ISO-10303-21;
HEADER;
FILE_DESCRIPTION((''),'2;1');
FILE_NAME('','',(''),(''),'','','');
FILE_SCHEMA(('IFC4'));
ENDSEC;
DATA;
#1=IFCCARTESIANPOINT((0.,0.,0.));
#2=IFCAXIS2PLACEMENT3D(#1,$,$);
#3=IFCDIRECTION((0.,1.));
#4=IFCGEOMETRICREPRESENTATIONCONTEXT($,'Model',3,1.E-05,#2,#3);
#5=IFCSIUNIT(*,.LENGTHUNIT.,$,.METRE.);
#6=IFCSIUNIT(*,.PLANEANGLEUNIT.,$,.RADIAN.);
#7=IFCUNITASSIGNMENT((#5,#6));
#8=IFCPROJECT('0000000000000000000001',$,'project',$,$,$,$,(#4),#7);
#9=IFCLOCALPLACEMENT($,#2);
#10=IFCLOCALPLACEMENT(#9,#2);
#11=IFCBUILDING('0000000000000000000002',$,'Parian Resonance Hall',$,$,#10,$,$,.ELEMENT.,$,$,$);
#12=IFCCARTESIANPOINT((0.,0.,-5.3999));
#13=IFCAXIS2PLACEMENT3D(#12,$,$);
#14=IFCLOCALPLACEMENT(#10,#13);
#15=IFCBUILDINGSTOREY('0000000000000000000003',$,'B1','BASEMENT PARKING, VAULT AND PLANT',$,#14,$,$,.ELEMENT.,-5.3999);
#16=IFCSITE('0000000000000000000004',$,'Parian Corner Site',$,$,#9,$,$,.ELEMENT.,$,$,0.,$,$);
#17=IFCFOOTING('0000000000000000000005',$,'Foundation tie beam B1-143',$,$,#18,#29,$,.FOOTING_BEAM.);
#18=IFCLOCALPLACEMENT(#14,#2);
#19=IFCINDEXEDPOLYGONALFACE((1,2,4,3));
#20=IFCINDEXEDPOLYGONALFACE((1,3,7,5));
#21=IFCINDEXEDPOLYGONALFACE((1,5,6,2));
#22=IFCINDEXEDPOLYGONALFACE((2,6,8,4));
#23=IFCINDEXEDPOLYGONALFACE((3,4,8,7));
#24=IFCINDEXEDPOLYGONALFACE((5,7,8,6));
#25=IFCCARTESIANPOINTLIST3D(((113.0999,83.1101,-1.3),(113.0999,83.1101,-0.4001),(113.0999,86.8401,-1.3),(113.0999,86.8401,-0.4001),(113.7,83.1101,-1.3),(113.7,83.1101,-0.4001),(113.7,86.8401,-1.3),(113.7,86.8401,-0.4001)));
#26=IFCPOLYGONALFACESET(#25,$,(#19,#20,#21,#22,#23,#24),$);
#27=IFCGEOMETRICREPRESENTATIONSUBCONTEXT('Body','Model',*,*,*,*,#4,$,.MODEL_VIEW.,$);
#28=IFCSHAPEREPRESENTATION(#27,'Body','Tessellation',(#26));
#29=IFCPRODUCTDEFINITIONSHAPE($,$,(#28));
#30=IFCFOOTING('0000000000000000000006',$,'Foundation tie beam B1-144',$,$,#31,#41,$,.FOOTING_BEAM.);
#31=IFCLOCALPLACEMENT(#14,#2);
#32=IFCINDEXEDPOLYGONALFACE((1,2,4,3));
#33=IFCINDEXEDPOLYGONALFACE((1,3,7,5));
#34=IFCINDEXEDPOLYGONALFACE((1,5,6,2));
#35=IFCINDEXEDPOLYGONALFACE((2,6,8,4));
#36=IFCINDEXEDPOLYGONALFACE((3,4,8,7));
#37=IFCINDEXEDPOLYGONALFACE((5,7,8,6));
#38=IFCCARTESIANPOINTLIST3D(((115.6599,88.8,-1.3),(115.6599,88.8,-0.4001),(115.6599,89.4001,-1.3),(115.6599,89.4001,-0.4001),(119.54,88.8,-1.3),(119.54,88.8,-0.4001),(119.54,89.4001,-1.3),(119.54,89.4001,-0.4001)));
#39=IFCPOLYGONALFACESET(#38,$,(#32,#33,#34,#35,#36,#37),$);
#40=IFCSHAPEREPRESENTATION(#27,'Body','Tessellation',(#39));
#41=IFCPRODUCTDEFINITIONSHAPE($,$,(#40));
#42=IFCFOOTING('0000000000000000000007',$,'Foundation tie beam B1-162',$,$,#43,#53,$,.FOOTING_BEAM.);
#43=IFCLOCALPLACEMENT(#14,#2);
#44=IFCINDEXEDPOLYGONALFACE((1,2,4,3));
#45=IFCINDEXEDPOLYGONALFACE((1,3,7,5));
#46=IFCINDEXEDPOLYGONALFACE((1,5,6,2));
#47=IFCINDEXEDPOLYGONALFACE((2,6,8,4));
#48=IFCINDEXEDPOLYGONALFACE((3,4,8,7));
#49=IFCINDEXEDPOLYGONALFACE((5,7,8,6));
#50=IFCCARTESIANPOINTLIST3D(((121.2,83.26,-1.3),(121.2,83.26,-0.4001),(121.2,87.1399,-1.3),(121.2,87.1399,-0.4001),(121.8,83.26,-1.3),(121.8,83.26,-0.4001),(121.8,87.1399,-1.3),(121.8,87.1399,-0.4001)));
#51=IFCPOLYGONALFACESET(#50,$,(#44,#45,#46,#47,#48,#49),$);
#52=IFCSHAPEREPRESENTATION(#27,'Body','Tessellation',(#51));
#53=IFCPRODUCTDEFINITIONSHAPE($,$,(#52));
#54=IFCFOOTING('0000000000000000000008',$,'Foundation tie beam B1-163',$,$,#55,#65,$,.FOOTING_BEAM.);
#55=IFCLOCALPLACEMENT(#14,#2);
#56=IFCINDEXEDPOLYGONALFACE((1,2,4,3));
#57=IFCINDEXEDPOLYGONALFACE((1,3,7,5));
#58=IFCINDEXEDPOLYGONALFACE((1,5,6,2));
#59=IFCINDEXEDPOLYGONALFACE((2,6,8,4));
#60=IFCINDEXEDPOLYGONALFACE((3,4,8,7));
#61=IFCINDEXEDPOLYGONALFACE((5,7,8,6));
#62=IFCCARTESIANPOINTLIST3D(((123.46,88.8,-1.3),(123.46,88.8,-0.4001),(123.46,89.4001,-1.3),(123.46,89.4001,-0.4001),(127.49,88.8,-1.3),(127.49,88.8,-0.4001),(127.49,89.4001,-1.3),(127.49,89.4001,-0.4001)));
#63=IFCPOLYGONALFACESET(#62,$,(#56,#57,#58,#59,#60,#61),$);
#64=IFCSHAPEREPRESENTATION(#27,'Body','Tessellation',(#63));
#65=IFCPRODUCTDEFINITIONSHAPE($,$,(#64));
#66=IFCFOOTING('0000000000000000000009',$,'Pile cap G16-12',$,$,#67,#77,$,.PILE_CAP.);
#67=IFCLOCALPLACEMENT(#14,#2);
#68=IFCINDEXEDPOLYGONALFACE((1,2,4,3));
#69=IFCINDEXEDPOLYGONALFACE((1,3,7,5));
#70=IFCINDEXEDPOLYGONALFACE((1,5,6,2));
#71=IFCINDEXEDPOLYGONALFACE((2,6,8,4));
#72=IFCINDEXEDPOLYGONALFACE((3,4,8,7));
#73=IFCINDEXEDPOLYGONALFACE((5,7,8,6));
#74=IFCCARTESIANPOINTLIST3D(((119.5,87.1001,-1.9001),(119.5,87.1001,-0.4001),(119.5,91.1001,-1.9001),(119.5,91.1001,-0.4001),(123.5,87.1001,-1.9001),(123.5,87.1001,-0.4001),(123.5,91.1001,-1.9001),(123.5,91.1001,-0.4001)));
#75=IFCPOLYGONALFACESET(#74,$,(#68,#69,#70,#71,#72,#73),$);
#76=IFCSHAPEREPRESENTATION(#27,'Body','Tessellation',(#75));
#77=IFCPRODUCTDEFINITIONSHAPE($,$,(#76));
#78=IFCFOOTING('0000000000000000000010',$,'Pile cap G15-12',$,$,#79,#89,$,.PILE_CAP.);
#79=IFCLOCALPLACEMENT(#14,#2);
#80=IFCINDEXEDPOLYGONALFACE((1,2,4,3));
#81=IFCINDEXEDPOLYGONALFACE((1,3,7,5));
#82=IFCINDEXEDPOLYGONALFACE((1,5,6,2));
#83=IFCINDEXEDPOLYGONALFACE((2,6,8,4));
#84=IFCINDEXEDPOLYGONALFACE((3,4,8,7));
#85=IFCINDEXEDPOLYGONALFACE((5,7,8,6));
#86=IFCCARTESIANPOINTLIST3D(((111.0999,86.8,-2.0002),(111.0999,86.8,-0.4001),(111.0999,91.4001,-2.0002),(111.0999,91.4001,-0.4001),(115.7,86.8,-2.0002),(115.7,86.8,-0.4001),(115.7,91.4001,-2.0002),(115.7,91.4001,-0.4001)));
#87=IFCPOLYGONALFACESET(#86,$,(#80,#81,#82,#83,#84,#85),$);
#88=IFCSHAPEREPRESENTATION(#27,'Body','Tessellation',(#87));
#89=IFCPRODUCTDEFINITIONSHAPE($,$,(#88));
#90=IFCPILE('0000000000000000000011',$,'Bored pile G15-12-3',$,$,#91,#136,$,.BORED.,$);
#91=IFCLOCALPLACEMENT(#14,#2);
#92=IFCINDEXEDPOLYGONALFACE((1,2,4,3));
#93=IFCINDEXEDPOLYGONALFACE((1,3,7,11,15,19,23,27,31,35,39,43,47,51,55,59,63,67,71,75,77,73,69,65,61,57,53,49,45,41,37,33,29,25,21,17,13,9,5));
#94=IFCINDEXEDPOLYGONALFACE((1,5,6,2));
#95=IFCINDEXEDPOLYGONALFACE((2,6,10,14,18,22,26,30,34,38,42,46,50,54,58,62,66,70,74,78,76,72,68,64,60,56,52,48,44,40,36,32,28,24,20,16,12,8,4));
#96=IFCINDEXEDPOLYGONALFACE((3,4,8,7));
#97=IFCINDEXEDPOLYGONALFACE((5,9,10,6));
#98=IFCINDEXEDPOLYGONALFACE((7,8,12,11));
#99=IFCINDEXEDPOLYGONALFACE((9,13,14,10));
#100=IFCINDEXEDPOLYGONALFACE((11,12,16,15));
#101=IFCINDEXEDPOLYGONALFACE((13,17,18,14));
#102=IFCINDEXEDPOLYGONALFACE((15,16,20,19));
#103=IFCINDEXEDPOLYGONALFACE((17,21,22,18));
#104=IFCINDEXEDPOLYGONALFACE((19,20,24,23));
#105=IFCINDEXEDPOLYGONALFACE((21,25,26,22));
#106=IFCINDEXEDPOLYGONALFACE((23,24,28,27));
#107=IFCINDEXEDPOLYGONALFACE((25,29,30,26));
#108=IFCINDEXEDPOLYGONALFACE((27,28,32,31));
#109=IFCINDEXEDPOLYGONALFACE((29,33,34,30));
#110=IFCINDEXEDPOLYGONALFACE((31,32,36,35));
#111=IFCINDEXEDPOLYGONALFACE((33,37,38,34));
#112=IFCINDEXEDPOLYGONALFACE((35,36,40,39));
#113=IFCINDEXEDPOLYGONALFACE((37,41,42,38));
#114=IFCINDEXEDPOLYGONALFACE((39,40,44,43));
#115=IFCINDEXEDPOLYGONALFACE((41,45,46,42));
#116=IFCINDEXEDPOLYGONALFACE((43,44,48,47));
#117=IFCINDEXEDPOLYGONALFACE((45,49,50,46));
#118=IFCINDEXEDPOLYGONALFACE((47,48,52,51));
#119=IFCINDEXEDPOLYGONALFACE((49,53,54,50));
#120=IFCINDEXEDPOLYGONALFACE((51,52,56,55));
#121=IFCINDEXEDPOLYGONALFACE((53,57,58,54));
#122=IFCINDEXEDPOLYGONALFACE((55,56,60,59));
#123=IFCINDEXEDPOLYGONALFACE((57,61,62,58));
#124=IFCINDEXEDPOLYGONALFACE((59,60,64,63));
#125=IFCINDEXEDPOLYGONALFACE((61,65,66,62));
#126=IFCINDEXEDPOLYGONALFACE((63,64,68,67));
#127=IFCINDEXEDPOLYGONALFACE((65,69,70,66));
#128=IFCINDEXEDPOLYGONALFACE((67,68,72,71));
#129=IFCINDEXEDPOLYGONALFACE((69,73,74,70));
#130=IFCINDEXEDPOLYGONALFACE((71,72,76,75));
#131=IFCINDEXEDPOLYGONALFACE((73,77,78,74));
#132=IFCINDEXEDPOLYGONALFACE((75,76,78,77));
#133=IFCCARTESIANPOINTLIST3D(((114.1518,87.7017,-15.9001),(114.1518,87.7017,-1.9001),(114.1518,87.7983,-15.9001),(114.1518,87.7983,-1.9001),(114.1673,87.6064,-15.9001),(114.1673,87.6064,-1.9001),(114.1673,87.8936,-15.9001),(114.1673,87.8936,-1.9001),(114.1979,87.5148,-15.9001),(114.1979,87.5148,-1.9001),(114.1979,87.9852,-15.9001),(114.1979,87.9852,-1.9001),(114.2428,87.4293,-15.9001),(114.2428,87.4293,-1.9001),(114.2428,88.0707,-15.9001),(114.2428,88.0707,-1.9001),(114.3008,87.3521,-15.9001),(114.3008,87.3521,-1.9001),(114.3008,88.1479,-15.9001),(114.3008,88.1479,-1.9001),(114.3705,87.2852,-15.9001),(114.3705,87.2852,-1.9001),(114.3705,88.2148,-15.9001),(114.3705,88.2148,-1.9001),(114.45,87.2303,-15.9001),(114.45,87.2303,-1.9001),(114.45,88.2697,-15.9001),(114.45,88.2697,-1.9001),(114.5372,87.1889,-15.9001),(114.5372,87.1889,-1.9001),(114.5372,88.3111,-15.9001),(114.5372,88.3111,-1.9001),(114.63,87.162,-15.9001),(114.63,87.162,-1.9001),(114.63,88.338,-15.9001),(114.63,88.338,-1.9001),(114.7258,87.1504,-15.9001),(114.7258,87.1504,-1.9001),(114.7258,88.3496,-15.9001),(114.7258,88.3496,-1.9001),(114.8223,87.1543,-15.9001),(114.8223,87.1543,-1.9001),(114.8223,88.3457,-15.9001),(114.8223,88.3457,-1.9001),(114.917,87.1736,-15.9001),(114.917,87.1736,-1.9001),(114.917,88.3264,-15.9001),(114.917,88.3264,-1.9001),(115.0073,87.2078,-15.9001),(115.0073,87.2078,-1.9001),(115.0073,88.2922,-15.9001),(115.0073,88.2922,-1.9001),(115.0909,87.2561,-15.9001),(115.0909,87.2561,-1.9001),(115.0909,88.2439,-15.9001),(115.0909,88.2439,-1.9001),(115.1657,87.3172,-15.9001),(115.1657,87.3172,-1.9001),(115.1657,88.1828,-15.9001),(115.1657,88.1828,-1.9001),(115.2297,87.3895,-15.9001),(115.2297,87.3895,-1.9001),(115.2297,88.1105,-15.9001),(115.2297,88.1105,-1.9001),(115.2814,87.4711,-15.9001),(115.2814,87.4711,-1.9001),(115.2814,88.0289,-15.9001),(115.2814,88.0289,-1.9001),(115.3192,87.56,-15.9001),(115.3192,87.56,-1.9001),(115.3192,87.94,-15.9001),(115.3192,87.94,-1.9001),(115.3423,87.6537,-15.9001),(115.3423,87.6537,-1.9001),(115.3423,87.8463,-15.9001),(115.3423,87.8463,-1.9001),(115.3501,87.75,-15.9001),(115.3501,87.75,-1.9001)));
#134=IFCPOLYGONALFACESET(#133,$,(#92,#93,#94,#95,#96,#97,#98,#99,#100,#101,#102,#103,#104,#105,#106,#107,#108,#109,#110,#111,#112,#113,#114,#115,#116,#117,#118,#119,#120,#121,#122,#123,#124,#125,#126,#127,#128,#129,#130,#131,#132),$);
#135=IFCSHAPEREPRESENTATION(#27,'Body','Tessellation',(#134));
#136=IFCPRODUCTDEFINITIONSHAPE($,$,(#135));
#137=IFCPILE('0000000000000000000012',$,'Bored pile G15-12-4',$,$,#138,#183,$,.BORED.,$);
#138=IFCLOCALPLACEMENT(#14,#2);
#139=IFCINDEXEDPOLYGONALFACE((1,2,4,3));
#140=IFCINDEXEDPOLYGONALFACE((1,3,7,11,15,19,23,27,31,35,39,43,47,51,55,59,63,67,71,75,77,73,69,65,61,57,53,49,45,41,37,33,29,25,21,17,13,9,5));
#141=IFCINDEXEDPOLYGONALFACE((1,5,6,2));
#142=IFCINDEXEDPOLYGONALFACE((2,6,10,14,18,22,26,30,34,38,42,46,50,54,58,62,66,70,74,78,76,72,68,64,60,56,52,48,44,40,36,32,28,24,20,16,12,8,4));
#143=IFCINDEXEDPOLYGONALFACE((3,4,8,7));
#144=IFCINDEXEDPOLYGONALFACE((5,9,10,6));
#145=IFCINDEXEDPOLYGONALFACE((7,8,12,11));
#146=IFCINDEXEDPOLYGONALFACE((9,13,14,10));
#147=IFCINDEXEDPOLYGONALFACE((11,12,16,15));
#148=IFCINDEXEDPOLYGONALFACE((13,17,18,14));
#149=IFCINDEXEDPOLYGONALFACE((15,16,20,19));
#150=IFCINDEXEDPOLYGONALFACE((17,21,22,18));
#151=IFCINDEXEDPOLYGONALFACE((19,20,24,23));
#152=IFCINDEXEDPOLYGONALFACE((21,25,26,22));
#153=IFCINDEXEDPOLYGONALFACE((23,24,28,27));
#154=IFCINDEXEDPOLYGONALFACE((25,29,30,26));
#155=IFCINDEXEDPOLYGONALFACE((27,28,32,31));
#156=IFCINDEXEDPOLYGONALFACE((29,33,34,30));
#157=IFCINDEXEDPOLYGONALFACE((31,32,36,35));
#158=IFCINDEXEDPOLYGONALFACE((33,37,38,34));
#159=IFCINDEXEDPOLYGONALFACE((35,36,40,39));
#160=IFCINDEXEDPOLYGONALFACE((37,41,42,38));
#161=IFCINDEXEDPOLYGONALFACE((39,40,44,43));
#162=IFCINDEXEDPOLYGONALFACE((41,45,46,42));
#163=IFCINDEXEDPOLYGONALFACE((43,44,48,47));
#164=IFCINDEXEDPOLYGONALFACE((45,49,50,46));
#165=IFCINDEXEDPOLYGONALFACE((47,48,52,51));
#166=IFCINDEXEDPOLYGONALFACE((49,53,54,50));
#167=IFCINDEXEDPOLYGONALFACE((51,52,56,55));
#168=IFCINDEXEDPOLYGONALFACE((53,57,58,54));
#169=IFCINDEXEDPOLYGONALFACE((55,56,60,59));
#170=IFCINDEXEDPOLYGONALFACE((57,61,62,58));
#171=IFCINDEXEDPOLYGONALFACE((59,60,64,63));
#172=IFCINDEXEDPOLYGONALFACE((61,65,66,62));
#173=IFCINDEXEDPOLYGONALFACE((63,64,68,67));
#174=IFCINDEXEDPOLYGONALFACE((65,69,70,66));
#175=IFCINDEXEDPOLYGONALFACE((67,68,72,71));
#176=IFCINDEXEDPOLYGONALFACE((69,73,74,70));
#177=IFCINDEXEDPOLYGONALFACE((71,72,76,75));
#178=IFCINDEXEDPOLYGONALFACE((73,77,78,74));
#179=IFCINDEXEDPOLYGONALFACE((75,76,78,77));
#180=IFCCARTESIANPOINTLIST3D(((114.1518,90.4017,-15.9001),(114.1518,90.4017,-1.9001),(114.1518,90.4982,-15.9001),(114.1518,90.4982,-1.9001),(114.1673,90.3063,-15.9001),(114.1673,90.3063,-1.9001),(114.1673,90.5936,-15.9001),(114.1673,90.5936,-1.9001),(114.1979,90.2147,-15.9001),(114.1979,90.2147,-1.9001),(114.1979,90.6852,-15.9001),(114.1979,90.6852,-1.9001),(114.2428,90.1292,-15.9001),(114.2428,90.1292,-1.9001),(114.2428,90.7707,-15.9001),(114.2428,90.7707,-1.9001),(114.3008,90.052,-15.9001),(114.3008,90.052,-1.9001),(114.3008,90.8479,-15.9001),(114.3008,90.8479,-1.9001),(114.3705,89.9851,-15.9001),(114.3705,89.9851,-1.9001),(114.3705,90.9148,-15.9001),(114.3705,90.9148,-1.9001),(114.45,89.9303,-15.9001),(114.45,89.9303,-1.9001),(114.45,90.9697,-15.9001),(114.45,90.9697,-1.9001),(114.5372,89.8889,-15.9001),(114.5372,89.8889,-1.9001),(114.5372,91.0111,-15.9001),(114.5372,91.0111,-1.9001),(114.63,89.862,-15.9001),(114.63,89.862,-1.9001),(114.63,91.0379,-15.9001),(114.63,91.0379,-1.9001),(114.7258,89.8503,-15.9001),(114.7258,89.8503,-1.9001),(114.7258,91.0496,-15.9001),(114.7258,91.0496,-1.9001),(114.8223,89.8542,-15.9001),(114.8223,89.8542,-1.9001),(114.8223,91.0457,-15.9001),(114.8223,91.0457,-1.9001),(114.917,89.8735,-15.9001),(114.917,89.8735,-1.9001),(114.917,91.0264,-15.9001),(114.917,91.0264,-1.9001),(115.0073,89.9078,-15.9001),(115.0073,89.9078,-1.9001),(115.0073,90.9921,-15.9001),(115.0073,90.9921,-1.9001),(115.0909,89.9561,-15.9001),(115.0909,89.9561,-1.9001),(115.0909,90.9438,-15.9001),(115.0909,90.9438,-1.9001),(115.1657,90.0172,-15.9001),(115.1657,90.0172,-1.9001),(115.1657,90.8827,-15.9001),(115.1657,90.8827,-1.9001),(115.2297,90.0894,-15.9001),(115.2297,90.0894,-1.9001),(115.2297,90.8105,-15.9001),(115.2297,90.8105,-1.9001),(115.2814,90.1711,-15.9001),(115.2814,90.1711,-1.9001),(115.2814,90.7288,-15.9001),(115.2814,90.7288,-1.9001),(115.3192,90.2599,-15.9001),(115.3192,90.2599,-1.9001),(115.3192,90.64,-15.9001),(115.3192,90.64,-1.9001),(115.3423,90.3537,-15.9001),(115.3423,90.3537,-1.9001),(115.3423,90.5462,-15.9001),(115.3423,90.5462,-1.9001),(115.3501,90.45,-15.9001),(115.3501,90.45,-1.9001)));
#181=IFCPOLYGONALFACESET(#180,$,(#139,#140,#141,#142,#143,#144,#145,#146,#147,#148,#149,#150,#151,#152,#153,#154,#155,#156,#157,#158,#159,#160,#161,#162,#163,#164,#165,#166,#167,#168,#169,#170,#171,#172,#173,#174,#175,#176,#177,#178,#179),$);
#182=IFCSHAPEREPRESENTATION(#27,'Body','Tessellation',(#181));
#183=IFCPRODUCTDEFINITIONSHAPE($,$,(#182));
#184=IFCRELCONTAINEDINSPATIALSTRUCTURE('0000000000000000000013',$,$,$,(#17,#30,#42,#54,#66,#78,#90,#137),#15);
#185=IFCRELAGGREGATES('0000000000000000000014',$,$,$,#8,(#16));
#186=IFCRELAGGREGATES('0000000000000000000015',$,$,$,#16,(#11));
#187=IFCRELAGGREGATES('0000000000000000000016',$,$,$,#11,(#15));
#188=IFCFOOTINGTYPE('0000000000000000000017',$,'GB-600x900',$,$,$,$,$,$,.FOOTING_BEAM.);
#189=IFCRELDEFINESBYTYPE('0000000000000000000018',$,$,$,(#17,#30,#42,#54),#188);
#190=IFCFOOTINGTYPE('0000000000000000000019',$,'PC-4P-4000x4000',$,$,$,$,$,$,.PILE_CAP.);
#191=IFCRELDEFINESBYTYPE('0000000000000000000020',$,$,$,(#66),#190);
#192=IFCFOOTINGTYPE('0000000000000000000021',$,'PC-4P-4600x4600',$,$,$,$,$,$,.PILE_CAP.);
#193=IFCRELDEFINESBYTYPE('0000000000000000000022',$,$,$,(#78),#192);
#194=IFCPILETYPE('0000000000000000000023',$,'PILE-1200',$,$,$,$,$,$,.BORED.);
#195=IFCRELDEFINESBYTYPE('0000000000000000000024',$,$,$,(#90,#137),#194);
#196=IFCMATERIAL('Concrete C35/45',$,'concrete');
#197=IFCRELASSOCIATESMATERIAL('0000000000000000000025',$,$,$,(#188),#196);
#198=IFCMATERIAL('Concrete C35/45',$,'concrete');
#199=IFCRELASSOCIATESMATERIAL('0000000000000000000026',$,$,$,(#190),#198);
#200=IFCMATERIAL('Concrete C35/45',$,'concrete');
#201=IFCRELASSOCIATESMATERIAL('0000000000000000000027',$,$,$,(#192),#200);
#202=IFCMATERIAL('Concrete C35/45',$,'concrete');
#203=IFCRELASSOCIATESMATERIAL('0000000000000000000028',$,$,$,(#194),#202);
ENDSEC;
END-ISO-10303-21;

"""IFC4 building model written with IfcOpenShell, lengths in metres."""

from ifc_helpers import new_model, si_unit, direction, frame, origin, origin_2d, place, context, subcontext, project, spatial, rectangle, circle, extrude, material, material_profile, profile_set, type_object, element, save


model = new_model("IFC4")

# Units and contexts
model_context = context("Model", 3, precision=1e-05, world=origin(), true_north=direction((0.0, 1.0)))
body_context = subcontext(model_context, "Body", "Model", "MODEL_VIEW")
ifc_project = project(units=[si_unit("LENGTHUNIT", "METRE"), si_unit("PLANEANGLEUNIT", "RADIAN")], contexts=[model_context])

# Site, building, storey
site_placement = place(None, origin())
site = spatial("IfcSite", under=ifc_project, at=site_placement, Name="Parian Corner Site", CompositionType="ELEMENT", RefElevation=0.0)
building_placement = place(site_placement, origin())
building = spatial("IfcBuilding", under=site, at=building_placement, Name="Parian Resonance Hall", CompositionType="ELEMENT")
storey_placement = place(building_placement, frame((0.0, 0.0, -5.3999)))
storey = spatial("IfcBuildingStorey", under=building, at=storey_placement, Name="B1", Description="BASEMENT PARKING, VAULT AND PLANT", CompositionType="ELEMENT", Elevation=-5.3999)

# Footings
ifc_material_1 = material(Name="Concrete C35/45", Category="concrete")
ifc_material_profile_1 = material_profile(ifc_material_1, rectangle(XDim=0.6001, YDim=0.8999, at=origin_2d()), Name="RC-GB-600x900")
ifc_profile_set_1 = profile_set([ifc_material_profile_1], Name="Concrete C35/45")
footing_type_1 = type_object("IfcFootingType", Name="GB-600x900", PredefinedType="FOOTING_BEAM", material=ifc_profile_set_1)
footing_1_placement = place(storey_placement, frame((113.3999, 83.1101, -0.8501), z_axis=(0.0, 1.0, 0.0), x_axis=(-1.0, 0.0, 0.0)))
element("IfcFooting", 1, at=footing_1_placement, inside=storey, type_object=footing_type_1, Name="Foundation tie beam B1-143", PredefinedType="FOOTING_BEAM", context=body_context, shape_type="SweptSolid", body=[
    extrude(rectangle(XDim=0.6001, YDim=0.8999, at=origin_2d()), origin(), (0.0, 0.0, 1.0), 3.73),
])
footing_2_placement = place(storey_placement, frame((115.6599, 89.1001, -0.8501), z_axis=(1.0, 0.0, 0.0), x_axis=(0.0, 1.0, 0.0)))
element("IfcFooting", 2, at=footing_2_placement, inside=storey, type_object=footing_type_1, Name="Foundation tie beam B1-144", PredefinedType="FOOTING_BEAM", context=body_context, shape_type="SweptSolid", body=[
    extrude(rectangle(XDim=0.6001, YDim=0.8999, at=origin_2d()), origin(), (0.0, 0.0, 1.0), 3.8801),
])
footing_3_placement = place(storey_placement, frame((121.5, 83.26, -0.8501), z_axis=(0.0, 1.0, 0.0), x_axis=(-1.0, 0.0, 0.0)))
element("IfcFooting", 3, at=footing_3_placement, inside=storey, type_object=footing_type_1, Name="Foundation tie beam B1-162", PredefinedType="FOOTING_BEAM", context=body_context, shape_type="SweptSolid", body=[
    extrude(rectangle(XDim=0.6001, YDim=0.8999, at=origin_2d()), origin(), (0.0, 0.0, 1.0), 3.8799),
])
footing_4_placement = place(storey_placement, frame((123.46, 89.1001, -0.8501), z_axis=(1.0, 0.0, 0.0), x_axis=(0.0, 1.0, 0.0)))
element("IfcFooting", 4, at=footing_4_placement, inside=storey, type_object=footing_type_1, Name="Foundation tie beam B1-163", PredefinedType="FOOTING_BEAM", context=body_context, shape_type="SweptSolid", body=[
    extrude(rectangle(XDim=0.6001, YDim=0.8999, at=origin_2d()), origin(), (0.0, 0.0, 1.0), 4.03),
])
ifc_material_2 = material(Name="Concrete C35/45", Category="concrete")
footing_type_2 = type_object("IfcFootingType", Name="PC-4P-4000x4000", PredefinedType="PILE_CAP", material=ifc_material_2)
footing_5_placement = place(storey_placement, frame((121.5, 89.1001, -1.9001), z_axis=(0.0, 0.0, 1.0), x_axis=(1.0, 0.0, 0.0)))
element("IfcFooting", 5, at=footing_5_placement, inside=storey, type_object=footing_type_2, Name="Pile cap G16-12", PredefinedType="PILE_CAP", context=body_context, shape_type="SweptSolid", body=[
    extrude(rectangle(XDim=4.0, YDim=4.0, at=origin_2d()), origin(), (0.0, 0.0, 1.0), 1.5),
])
ifc_material_3 = material(Name="Concrete C35/45", Category="concrete")
footing_type_3 = type_object("IfcFootingType", Name="PC-4P-4600x4600", PredefinedType="PILE_CAP", material=ifc_material_3)
footing_6_placement = place(storey_placement, frame((113.3999, 89.1001, -2.0002), z_axis=(0.0, 0.0, 1.0), x_axis=(1.0, 0.0, 0.0)))
element("IfcFooting", 6, at=footing_6_placement, inside=storey, type_object=footing_type_3, Name="Pile cap G15-12", PredefinedType="PILE_CAP", context=body_context, shape_type="SweptSolid", body=[
    extrude(rectangle(XDim=4.6001, YDim=4.6001, at=origin_2d()), origin(), (0.0, 0.0, 1.0), 1.6001),
])

# Piles
ifc_material_4 = material(Name="Concrete C35/45", Category="concrete")
ifc_material_profile_2 = material_profile(ifc_material_4, circle(Radius=0.6001, at=origin_2d()), Name="PILE-D1200")
ifc_profile_set_2 = profile_set([ifc_material_profile_2], Name="Concrete C35/45")
pile_type_1 = type_object("IfcPileType", Name="PILE-1200", PredefinedType="BORED", material=ifc_profile_set_2)
for number, where, z_axis, x_axis, name in (
    (7, (114.75, 87.75, -1.9001), (0.0, 0.0, -1.0), (1.0, 0.0, 0.0), "Bored pile G15-12-3"),
    (8, (114.75, 90.45, -1.9001), (0.0, 0.0, -1.0), (1.0, 0.0, 0.0), "Bored pile G15-12-4"),
):
    element("IfcPile", number, at=place(storey_placement, frame(where, z_axis=z_axis, x_axis=x_axis)), inside=storey, type_object=pile_type_1, Name=name, PredefinedType="BORED", context=body_context, shape_type="SweptSolid", body=[
        extrude(circle(Radius=0.6001, at=origin_2d()), origin(), (0.0, 0.0, 1.0), 14.0),
    ])

save(model, "model.ifc")
